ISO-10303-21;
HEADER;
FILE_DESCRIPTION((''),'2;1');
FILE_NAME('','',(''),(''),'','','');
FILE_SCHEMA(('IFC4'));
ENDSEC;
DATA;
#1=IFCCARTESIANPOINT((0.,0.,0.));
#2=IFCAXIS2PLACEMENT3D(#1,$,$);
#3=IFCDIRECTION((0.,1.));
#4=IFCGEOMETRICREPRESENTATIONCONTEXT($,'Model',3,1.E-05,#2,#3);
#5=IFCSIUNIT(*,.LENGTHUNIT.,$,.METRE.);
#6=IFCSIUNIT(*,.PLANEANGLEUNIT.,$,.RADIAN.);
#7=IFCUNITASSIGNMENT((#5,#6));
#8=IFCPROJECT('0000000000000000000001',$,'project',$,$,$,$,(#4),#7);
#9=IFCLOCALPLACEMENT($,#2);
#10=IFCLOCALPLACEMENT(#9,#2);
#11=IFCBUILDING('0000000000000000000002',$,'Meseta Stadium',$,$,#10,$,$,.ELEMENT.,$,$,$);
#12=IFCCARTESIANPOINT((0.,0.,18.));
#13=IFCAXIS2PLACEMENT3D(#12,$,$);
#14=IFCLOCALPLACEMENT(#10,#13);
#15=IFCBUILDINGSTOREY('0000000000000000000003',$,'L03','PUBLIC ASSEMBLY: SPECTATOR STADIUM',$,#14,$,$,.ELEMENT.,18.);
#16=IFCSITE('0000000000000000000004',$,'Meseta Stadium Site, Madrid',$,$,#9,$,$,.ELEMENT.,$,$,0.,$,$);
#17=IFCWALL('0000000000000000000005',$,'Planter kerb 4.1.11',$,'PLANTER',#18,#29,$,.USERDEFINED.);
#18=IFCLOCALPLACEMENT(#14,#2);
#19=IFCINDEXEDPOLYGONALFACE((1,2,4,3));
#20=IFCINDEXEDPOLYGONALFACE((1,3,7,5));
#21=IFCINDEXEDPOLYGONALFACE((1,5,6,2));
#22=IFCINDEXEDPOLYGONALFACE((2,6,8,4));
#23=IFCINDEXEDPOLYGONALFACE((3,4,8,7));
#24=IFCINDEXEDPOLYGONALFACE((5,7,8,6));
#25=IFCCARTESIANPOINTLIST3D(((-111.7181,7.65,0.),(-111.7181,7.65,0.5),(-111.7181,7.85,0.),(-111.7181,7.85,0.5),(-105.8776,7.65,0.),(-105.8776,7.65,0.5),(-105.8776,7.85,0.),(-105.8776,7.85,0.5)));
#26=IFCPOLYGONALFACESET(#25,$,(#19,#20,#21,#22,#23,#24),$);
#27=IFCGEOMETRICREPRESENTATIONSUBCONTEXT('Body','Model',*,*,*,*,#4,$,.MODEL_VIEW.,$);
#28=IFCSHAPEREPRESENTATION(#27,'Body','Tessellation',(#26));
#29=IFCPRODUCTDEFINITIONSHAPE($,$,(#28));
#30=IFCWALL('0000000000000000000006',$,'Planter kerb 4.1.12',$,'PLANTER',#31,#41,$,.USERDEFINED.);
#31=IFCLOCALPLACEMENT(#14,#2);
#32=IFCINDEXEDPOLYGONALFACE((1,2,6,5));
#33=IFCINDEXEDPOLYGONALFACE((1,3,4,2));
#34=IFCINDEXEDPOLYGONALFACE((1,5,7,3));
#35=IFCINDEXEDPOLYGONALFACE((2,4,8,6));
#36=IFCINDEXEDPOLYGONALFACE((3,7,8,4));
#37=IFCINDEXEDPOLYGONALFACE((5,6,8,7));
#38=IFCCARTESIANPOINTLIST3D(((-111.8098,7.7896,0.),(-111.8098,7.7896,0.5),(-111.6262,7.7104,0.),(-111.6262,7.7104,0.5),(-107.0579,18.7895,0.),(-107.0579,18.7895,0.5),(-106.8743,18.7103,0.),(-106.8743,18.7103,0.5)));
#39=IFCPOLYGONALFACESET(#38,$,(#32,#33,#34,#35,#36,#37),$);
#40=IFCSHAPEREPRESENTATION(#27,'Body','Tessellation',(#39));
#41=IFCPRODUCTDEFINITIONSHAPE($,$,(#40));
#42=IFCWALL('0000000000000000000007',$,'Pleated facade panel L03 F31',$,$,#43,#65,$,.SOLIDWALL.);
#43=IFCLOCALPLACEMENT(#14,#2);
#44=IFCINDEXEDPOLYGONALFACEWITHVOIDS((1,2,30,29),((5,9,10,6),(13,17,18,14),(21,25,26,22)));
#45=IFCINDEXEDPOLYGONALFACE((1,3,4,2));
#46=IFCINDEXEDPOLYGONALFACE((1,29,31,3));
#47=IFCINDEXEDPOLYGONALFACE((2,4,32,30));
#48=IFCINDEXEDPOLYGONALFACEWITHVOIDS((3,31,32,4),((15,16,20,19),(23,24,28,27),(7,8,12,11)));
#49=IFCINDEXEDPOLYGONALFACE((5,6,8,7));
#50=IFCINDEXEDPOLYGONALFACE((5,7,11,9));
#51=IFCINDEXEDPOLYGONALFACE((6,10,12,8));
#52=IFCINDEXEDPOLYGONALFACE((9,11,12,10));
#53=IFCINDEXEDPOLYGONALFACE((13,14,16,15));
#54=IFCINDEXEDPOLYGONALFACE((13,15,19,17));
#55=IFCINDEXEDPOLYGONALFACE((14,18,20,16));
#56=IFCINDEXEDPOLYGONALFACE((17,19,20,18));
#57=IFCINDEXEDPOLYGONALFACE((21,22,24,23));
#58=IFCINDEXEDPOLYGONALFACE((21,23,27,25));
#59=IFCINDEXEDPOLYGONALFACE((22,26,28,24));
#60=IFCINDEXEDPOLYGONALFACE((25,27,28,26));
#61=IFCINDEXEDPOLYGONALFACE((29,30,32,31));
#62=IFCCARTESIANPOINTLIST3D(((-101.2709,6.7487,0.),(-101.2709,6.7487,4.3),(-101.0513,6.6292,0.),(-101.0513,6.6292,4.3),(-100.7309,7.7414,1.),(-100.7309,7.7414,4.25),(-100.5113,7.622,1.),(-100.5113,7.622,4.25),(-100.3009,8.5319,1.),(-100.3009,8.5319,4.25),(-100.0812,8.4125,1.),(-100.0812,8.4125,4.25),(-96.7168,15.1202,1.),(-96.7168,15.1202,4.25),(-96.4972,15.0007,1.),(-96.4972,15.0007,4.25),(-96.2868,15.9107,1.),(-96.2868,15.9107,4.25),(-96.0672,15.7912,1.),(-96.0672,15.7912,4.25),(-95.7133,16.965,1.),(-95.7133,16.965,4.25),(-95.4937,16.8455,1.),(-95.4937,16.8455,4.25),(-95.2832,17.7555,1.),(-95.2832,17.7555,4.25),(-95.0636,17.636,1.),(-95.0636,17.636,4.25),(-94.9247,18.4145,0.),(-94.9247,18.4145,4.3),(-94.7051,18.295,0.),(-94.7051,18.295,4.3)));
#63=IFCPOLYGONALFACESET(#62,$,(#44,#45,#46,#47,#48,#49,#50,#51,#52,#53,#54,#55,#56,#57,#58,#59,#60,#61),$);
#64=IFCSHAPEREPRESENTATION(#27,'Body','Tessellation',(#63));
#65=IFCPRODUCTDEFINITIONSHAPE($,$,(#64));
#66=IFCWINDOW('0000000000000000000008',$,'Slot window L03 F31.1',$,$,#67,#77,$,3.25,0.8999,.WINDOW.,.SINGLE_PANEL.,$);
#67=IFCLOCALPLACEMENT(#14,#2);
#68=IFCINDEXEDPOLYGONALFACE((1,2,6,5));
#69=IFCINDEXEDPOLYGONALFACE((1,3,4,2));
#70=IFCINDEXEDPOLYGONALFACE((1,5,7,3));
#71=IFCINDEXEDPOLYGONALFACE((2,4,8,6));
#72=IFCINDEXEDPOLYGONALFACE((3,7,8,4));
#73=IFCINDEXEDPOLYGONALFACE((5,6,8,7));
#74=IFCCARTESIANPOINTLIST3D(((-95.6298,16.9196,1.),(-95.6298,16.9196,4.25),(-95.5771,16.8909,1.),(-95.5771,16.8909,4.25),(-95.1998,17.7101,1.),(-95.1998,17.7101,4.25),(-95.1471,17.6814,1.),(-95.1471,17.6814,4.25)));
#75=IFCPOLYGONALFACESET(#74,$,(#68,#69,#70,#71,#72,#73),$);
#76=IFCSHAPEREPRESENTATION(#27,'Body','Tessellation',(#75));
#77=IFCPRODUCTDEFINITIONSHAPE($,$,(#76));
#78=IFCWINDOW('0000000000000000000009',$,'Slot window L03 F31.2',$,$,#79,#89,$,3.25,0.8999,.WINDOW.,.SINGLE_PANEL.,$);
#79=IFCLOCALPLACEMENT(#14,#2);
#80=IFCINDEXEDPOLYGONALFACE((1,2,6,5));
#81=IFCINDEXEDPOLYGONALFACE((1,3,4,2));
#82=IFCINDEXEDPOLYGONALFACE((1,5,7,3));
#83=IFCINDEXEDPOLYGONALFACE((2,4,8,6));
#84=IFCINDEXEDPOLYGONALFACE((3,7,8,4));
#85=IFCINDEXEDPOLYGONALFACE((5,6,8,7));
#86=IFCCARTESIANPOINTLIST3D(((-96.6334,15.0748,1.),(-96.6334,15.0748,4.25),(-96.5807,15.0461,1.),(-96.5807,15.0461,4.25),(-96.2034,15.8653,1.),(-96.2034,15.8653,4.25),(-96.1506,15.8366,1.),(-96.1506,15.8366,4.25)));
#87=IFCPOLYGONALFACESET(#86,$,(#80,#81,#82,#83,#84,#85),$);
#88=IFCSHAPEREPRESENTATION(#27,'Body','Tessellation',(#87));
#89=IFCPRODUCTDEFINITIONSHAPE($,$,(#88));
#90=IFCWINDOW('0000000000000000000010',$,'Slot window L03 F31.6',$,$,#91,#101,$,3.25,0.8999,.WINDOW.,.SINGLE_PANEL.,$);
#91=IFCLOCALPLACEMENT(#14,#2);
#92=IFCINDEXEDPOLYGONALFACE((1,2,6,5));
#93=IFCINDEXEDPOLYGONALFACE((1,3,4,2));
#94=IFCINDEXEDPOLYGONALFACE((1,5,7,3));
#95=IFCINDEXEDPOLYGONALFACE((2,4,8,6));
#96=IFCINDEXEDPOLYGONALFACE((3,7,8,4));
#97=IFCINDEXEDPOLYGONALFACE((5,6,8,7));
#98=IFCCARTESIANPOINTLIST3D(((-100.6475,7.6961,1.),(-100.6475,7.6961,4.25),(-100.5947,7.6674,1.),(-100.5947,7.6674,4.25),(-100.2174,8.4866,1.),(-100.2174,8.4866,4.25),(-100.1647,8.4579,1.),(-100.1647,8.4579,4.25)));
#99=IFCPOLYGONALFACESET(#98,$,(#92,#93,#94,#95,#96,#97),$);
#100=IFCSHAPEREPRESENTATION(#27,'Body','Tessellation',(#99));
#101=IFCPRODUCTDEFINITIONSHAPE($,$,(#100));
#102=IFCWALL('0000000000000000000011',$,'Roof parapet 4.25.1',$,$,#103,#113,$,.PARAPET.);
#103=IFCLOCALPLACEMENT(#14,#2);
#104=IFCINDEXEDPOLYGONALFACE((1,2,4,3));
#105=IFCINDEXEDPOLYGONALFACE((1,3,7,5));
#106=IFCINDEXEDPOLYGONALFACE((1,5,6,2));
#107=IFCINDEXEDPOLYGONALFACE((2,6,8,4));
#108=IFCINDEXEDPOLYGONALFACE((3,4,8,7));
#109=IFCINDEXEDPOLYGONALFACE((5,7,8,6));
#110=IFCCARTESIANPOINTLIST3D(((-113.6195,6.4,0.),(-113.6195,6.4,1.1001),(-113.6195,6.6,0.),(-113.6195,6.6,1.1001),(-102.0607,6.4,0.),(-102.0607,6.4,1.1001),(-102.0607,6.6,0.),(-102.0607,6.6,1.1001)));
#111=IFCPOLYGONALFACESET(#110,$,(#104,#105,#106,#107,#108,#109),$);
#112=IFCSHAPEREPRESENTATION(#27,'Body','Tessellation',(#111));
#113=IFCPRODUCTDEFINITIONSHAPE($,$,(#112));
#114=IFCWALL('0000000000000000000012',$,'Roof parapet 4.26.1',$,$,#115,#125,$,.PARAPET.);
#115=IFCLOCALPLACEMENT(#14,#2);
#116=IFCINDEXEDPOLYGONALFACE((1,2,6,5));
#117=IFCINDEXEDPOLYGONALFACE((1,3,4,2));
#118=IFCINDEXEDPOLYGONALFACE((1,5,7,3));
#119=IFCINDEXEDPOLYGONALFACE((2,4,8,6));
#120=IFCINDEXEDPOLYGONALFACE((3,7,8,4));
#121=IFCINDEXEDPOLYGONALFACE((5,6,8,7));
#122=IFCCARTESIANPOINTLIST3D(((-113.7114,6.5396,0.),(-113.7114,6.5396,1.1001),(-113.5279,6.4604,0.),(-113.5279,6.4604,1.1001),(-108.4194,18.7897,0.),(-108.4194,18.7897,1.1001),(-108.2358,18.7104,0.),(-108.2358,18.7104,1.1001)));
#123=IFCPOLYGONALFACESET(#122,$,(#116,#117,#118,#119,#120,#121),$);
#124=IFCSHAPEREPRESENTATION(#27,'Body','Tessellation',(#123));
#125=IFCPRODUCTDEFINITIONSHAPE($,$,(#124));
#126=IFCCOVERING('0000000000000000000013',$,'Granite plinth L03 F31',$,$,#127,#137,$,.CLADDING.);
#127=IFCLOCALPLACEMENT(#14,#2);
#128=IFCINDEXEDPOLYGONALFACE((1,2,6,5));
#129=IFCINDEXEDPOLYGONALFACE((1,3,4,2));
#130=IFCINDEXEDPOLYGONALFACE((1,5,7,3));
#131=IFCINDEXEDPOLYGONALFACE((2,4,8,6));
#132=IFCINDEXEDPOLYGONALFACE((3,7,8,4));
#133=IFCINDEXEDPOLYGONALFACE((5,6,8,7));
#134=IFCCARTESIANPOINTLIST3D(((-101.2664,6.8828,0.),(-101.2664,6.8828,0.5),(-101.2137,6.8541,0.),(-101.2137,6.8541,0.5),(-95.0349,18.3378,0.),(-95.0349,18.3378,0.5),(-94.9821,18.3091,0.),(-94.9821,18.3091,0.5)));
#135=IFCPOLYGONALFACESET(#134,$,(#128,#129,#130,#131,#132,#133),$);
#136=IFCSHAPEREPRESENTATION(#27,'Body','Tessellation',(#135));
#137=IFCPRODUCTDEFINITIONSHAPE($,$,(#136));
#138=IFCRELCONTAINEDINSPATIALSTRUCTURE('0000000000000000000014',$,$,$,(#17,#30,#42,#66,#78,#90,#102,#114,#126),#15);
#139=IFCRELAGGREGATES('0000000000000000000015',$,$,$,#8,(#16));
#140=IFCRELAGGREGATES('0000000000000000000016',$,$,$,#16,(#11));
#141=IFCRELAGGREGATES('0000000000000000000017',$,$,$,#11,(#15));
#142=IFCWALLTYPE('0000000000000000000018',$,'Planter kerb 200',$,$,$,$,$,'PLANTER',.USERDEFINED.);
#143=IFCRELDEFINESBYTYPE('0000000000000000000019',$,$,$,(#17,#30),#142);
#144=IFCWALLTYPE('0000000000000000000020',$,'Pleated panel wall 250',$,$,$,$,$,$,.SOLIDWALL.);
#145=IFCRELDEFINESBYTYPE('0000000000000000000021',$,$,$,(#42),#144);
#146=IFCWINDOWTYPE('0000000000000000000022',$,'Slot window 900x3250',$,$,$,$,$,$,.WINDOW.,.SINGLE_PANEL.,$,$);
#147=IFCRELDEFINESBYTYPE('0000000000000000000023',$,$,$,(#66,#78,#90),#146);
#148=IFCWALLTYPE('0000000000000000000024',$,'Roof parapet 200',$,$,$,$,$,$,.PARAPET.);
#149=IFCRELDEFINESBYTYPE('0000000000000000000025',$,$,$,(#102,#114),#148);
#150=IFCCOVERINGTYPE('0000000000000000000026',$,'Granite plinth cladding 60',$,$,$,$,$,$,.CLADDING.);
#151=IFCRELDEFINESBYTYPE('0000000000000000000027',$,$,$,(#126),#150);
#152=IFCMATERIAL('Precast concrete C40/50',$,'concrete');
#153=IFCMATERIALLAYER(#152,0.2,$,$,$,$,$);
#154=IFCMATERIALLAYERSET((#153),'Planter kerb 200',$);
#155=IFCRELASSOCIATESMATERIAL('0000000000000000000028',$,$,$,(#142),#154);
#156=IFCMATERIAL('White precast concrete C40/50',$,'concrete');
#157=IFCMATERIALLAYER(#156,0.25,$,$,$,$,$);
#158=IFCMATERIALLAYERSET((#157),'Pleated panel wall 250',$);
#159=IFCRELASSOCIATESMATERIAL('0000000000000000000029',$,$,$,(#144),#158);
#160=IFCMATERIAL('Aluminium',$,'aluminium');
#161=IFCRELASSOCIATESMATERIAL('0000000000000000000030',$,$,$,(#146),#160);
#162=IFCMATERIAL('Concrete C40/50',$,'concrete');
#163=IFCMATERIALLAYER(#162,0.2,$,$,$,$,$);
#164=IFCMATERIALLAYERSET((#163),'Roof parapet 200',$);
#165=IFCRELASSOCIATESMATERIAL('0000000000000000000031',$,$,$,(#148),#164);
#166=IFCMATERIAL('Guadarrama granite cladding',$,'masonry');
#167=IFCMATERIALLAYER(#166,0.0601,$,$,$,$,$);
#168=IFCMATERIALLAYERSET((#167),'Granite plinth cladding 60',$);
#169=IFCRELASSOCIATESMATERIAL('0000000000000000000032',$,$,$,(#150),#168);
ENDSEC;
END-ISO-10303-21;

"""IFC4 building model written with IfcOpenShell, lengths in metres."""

from ifc_helpers import new_model, si_unit, direction, frame, frame_2d, origin, origin_2d, place, context, subcontext, project, spatial, rectangle, extrude, material, layer, layer_set, type_object, element, fill, save


model = new_model("IFC4")

# Units and contexts
model_context = context("Model", 3, precision=1e-05, world=origin(), true_north=direction((0.0, 1.0)))
body_context = subcontext(model_context, "Body", "Model", "MODEL_VIEW")
ifc_project = project(units=[si_unit("LENGTHUNIT", "METRE"), si_unit("PLANEANGLEUNIT", "RADIAN")], contexts=[model_context])

# Site, building, storey
site_placement = place(None, origin())
site = spatial("IfcSite", under=ifc_project, at=site_placement, Name="Meseta Stadium Site, Madrid", CompositionType="ELEMENT", RefElevation=0.0)
building_placement = place(site_placement, origin())
building = spatial("IfcBuilding", under=site, at=building_placement, Name="Meseta Stadium", CompositionType="ELEMENT")
storey_placement = place(building_placement, frame((0.0, 0.0, 18.0)))
storey = spatial("IfcBuildingStorey", under=building, at=storey_placement, Name="L03", Description="PUBLIC ASSEMBLY: SPECTATOR STADIUM", CompositionType="ELEMENT", Elevation=18.0)

# Walls
ifc_material_1 = material(Name="Precast concrete C40/50", Category="concrete")
ifc_layer_1 = layer(ifc_material_1, 0.2)
ifc_layer_set_1 = layer_set([ifc_layer_1], Name="Planter kerb 200")
wall_type_1 = type_object("IfcWallType", Name="Planter kerb 200", ElementType="PLANTER", PredefinedType="USERDEFINED", material=ifc_layer_set_1)
wall_1_placement = place(storey_placement, frame((-105.8774, 7.75, 0.0), z_axis=(0.0, 0.0, 1.0), x_axis=(-1.0, 0.0, 0.0)))
element("IfcWall", 1, at=wall_1_placement, inside=storey, type_object=wall_type_1, Name="Planter kerb 4.1.11", ObjectType="PLANTER", PredefinedType="USERDEFINED", context=body_context, shape_type="SweptSolid", body=[
    extrude(rectangle(XDim=5.8406, YDim=0.2, at=frame_2d((2.9204, 0.0))), origin(), (0.0, 0.0, 1.0), 0.5),
])
wall_2_placement = place(storey_placement, frame((-111.718, 7.75, 0.0), z_axis=(0.0, 0.0, 1.0), x_axis=(0.396573, 0.918003, 0.0)))
element("IfcWall", 2, at=wall_2_placement, inside=storey, type_object=wall_type_1, Name="Planter kerb 4.1.12", ObjectType="PLANTER", PredefinedType="USERDEFINED", context=body_context, shape_type="SweptSolid", body=[
    extrude(rectangle(XDim=11.9824, YDim=0.2, at=frame_2d((5.9912, 0.0))), origin(), (0.0, 0.0, 1.0), 0.5),
])

# Wall, openings, windows
ifc_material_2 = material(Name="White precast concrete C40/50", Category="concrete")
ifc_layer_2 = layer(ifc_material_2, 0.25)
ifc_layer_set_2 = layer_set([ifc_layer_2], Name="Pleated panel wall 250")
wall_type_2 = type_object("IfcWallType", Name="Pleated panel wall 250", PredefinedType="SOLIDWALL", material=ifc_layer_set_2)
wall_3_placement = place(storey_placement, frame((-101.1611, 6.689, 0.0), z_axis=(0.0, 0.0, 1.0), x_axis=(0.477868, 0.878432, 0.0)))
wall_3 = element("IfcWall", 3, at=wall_3_placement, inside=storey, type_object=wall_type_2, Name="Pleated facade panel L03 F31", PredefinedType="SOLIDWALL", context=body_context, shape_type="SweptSolid", body=[
    extrude(rectangle(XDim=13.2803, YDim=0.25, at=frame_2d((6.6401, 0.0))), origin(), (0.0, 0.0, 1.0), 4.3),
])
opening_1_placement = place(wall_3_placement, frame((11.6301, 0.0, 1.0)))
opening_1 = element("IfcOpeningElement", 4, at=opening_1_placement, cuts=wall_3, PredefinedType="OPENING", context=body_context, shape_type="SweptSolid", body=[
    extrude(rectangle(XDim=0.8999, YDim=3.25, at=frame_2d((0.45, 1.625))), frame((0.0, 0.135, 0.0), z_axis=(0.0, -1.0, 0.0), x_axis=(1.0, 0.0, 0.0)), (0.0, 0.0, 1.0), 0.27),
])
opening_2_placement = place(wall_3_placement, frame((9.53, 0.0, 1.0)))
opening_2 = element("IfcOpeningElement", 5, at=opening_2_placement, cuts=wall_3, PredefinedType="OPENING", context=body_context, shape_type="SweptSolid", body=[
    extrude(rectangle(XDim=0.8999, YDim=3.25, at=frame_2d((0.45, 1.625))), frame((0.0, 0.135, 0.0), z_axis=(0.0, -1.0, 0.0), x_axis=(1.0, 0.0, 0.0)), (0.0, 0.0, 1.0), 0.27),
])
opening_3_placement = place(wall_3_placement, frame((1.1301, 0.0, 1.0)))
opening_3 = element("IfcOpeningElement", 6, at=opening_3_placement, cuts=wall_3, PredefinedType="OPENING", context=body_context, shape_type="SweptSolid", body=[
    extrude(rectangle(XDim=0.8999, YDim=3.25, at=frame_2d((0.45, 1.625))), frame((0.0, 0.135, 0.0), z_axis=(0.0, -1.0, 0.0), x_axis=(1.0, 0.0, 0.0)), (0.0, 0.0, 1.0), 0.27),
])
ifc_material_3 = material(Name="Aluminium", Category="aluminium")
window_type = type_object("IfcWindowType", Name="Slot window 900x3250", PartitioningType="SINGLE_PANEL", PredefinedType="WINDOW", material=ifc_material_3)
window_1_placement = place(opening_1_placement, origin())
window_1 = element("IfcWindow", 7, at=window_1_placement, inside=storey, type_object=window_type, Name="Slot window L03 F31.1", OverallHeight=3.25, OverallWidth=0.8999, PartitioningType="SINGLE_PANEL", PredefinedType="WINDOW", context=body_context, shape_type="SweptSolid", body=[
    extrude(rectangle(XDim=0.8999, YDim=3.25, at=frame_2d((0.45, 1.625))), frame((0.0, 0.03, 0.0), z_axis=(0.0, -1.0, 0.0), x_axis=(1.0, 0.0, 0.0)), (0.0, 0.0, 1.0), 0.0601),
])
fill(opening_1, window_1)
window_2_placement = place(opening_2_placement, origin())
window_2 = element("IfcWindow", 8, at=window_2_placement, inside=storey, type_object=window_type, Name="Slot window L03 F31.2", OverallHeight=3.25, OverallWidth=0.8999, PartitioningType="SINGLE_PANEL", PredefinedType="WINDOW", context=body_context, shape_type="SweptSolid", body=[
    extrude(rectangle(XDim=0.8999, YDim=3.25, at=frame_2d((0.45, 1.625))), frame((0.0, 0.03, 0.0), z_axis=(0.0, -1.0, 0.0), x_axis=(1.0, 0.0, 0.0)), (0.0, 0.0, 1.0), 0.0601),
])
fill(opening_2, window_2)
window_3_placement = place(opening_3_placement, origin())
window_3 = element("IfcWindow", 9, at=window_3_placement, inside=storey, type_object=window_type, Name="Slot window L03 F31.6", OverallHeight=3.25, OverallWidth=0.8999, PartitioningType="SINGLE_PANEL", PredefinedType="WINDOW", context=body_context, shape_type="SweptSolid", body=[
    extrude(rectangle(XDim=0.8999, YDim=3.25, at=frame_2d((0.45, 1.625))), frame((0.0, 0.03, 0.0), z_axis=(0.0, -1.0, 0.0), x_axis=(1.0, 0.0, 0.0)), (0.0, 0.0, 1.0), 0.0601),
])
fill(opening_3, window_3)

# Walls
ifc_material_4 = material(Name="Concrete C40/50", Category="concrete")
ifc_layer_3 = layer(ifc_material_4, 0.2)
ifc_layer_set_3 = layer_set([ifc_layer_3], Name="Roof parapet 200")
wall_type_3 = type_object("IfcWallType", Name="Roof parapet 200", PredefinedType="PARAPET", material=ifc_layer_set_3)
wall_4_placement = place(storey_placement, frame((-102.0608, 6.5, 0.0), z_axis=(0.0, 0.0, 1.0), x_axis=(-1.0, 0.0, 0.0)))
element("IfcWall", 10, at=wall_4_placement, inside=storey, type_object=wall_type_3, Name="Roof parapet 4.25.1", PredefinedType="PARAPET", context=body_context, shape_type="SweptSolid", body=[
    extrude(rectangle(XDim=11.5588, YDim=0.2, at=frame_2d((5.7793, 0.0))), origin(), (0.0, 0.0, 1.0), 1.1001),
])
wall_5_placement = place(storey_placement, frame((-113.6196, 6.5, 0.0), z_axis=(0.0, 0.0, 1.0), x_axis=(0.396576, 0.918002, 0.0)))
element("IfcWall", 11, at=wall_5_placement, inside=storey, type_object=wall_type_3, Name="Roof parapet 4.26.1", PredefinedType="PARAPET", context=body_context, shape_type="SweptSolid", body=[
    extrude(rectangle(XDim=13.3442, YDim=0.2, at=frame_2d((6.6721, 0.0))), origin(), (0.0, 0.0, 1.0), 1.1001),
])

# Covering
ifc_material_5 = material(Name="Guadarrama granite cladding", Category="masonry")
ifc_layer_4 = layer(ifc_material_5, 0.0601)
ifc_layer_set_4 = layer_set([ifc_layer_4], Name="Granite plinth cladding 60")
covering_type_1 = type_object("IfcCoveringType", Name="Granite plinth cladding 60", PredefinedType="CLADDING", material=ifc_layer_set_4)
covering_1_placement = place(storey_placement, frame((-98.1243, 12.5959, 0.0), z_axis=(0.0, 0.0, 1.0), x_axis=(0.477867, 0.878432, 0.0)))
element("IfcCovering", 12, at=covering_1_placement, inside=storey, type_object=covering_type_1, Name="Granite plinth L03 F31", PredefinedType="CLADDING", context=body_context, shape_type="SweptSolid", body=[
    extrude(rectangle(XDim=13.0403, YDim=0.0601, at=origin_2d()), origin(), (0.0, 0.0, 1.0), 0.5),
])

save(model, "model.ifc")
